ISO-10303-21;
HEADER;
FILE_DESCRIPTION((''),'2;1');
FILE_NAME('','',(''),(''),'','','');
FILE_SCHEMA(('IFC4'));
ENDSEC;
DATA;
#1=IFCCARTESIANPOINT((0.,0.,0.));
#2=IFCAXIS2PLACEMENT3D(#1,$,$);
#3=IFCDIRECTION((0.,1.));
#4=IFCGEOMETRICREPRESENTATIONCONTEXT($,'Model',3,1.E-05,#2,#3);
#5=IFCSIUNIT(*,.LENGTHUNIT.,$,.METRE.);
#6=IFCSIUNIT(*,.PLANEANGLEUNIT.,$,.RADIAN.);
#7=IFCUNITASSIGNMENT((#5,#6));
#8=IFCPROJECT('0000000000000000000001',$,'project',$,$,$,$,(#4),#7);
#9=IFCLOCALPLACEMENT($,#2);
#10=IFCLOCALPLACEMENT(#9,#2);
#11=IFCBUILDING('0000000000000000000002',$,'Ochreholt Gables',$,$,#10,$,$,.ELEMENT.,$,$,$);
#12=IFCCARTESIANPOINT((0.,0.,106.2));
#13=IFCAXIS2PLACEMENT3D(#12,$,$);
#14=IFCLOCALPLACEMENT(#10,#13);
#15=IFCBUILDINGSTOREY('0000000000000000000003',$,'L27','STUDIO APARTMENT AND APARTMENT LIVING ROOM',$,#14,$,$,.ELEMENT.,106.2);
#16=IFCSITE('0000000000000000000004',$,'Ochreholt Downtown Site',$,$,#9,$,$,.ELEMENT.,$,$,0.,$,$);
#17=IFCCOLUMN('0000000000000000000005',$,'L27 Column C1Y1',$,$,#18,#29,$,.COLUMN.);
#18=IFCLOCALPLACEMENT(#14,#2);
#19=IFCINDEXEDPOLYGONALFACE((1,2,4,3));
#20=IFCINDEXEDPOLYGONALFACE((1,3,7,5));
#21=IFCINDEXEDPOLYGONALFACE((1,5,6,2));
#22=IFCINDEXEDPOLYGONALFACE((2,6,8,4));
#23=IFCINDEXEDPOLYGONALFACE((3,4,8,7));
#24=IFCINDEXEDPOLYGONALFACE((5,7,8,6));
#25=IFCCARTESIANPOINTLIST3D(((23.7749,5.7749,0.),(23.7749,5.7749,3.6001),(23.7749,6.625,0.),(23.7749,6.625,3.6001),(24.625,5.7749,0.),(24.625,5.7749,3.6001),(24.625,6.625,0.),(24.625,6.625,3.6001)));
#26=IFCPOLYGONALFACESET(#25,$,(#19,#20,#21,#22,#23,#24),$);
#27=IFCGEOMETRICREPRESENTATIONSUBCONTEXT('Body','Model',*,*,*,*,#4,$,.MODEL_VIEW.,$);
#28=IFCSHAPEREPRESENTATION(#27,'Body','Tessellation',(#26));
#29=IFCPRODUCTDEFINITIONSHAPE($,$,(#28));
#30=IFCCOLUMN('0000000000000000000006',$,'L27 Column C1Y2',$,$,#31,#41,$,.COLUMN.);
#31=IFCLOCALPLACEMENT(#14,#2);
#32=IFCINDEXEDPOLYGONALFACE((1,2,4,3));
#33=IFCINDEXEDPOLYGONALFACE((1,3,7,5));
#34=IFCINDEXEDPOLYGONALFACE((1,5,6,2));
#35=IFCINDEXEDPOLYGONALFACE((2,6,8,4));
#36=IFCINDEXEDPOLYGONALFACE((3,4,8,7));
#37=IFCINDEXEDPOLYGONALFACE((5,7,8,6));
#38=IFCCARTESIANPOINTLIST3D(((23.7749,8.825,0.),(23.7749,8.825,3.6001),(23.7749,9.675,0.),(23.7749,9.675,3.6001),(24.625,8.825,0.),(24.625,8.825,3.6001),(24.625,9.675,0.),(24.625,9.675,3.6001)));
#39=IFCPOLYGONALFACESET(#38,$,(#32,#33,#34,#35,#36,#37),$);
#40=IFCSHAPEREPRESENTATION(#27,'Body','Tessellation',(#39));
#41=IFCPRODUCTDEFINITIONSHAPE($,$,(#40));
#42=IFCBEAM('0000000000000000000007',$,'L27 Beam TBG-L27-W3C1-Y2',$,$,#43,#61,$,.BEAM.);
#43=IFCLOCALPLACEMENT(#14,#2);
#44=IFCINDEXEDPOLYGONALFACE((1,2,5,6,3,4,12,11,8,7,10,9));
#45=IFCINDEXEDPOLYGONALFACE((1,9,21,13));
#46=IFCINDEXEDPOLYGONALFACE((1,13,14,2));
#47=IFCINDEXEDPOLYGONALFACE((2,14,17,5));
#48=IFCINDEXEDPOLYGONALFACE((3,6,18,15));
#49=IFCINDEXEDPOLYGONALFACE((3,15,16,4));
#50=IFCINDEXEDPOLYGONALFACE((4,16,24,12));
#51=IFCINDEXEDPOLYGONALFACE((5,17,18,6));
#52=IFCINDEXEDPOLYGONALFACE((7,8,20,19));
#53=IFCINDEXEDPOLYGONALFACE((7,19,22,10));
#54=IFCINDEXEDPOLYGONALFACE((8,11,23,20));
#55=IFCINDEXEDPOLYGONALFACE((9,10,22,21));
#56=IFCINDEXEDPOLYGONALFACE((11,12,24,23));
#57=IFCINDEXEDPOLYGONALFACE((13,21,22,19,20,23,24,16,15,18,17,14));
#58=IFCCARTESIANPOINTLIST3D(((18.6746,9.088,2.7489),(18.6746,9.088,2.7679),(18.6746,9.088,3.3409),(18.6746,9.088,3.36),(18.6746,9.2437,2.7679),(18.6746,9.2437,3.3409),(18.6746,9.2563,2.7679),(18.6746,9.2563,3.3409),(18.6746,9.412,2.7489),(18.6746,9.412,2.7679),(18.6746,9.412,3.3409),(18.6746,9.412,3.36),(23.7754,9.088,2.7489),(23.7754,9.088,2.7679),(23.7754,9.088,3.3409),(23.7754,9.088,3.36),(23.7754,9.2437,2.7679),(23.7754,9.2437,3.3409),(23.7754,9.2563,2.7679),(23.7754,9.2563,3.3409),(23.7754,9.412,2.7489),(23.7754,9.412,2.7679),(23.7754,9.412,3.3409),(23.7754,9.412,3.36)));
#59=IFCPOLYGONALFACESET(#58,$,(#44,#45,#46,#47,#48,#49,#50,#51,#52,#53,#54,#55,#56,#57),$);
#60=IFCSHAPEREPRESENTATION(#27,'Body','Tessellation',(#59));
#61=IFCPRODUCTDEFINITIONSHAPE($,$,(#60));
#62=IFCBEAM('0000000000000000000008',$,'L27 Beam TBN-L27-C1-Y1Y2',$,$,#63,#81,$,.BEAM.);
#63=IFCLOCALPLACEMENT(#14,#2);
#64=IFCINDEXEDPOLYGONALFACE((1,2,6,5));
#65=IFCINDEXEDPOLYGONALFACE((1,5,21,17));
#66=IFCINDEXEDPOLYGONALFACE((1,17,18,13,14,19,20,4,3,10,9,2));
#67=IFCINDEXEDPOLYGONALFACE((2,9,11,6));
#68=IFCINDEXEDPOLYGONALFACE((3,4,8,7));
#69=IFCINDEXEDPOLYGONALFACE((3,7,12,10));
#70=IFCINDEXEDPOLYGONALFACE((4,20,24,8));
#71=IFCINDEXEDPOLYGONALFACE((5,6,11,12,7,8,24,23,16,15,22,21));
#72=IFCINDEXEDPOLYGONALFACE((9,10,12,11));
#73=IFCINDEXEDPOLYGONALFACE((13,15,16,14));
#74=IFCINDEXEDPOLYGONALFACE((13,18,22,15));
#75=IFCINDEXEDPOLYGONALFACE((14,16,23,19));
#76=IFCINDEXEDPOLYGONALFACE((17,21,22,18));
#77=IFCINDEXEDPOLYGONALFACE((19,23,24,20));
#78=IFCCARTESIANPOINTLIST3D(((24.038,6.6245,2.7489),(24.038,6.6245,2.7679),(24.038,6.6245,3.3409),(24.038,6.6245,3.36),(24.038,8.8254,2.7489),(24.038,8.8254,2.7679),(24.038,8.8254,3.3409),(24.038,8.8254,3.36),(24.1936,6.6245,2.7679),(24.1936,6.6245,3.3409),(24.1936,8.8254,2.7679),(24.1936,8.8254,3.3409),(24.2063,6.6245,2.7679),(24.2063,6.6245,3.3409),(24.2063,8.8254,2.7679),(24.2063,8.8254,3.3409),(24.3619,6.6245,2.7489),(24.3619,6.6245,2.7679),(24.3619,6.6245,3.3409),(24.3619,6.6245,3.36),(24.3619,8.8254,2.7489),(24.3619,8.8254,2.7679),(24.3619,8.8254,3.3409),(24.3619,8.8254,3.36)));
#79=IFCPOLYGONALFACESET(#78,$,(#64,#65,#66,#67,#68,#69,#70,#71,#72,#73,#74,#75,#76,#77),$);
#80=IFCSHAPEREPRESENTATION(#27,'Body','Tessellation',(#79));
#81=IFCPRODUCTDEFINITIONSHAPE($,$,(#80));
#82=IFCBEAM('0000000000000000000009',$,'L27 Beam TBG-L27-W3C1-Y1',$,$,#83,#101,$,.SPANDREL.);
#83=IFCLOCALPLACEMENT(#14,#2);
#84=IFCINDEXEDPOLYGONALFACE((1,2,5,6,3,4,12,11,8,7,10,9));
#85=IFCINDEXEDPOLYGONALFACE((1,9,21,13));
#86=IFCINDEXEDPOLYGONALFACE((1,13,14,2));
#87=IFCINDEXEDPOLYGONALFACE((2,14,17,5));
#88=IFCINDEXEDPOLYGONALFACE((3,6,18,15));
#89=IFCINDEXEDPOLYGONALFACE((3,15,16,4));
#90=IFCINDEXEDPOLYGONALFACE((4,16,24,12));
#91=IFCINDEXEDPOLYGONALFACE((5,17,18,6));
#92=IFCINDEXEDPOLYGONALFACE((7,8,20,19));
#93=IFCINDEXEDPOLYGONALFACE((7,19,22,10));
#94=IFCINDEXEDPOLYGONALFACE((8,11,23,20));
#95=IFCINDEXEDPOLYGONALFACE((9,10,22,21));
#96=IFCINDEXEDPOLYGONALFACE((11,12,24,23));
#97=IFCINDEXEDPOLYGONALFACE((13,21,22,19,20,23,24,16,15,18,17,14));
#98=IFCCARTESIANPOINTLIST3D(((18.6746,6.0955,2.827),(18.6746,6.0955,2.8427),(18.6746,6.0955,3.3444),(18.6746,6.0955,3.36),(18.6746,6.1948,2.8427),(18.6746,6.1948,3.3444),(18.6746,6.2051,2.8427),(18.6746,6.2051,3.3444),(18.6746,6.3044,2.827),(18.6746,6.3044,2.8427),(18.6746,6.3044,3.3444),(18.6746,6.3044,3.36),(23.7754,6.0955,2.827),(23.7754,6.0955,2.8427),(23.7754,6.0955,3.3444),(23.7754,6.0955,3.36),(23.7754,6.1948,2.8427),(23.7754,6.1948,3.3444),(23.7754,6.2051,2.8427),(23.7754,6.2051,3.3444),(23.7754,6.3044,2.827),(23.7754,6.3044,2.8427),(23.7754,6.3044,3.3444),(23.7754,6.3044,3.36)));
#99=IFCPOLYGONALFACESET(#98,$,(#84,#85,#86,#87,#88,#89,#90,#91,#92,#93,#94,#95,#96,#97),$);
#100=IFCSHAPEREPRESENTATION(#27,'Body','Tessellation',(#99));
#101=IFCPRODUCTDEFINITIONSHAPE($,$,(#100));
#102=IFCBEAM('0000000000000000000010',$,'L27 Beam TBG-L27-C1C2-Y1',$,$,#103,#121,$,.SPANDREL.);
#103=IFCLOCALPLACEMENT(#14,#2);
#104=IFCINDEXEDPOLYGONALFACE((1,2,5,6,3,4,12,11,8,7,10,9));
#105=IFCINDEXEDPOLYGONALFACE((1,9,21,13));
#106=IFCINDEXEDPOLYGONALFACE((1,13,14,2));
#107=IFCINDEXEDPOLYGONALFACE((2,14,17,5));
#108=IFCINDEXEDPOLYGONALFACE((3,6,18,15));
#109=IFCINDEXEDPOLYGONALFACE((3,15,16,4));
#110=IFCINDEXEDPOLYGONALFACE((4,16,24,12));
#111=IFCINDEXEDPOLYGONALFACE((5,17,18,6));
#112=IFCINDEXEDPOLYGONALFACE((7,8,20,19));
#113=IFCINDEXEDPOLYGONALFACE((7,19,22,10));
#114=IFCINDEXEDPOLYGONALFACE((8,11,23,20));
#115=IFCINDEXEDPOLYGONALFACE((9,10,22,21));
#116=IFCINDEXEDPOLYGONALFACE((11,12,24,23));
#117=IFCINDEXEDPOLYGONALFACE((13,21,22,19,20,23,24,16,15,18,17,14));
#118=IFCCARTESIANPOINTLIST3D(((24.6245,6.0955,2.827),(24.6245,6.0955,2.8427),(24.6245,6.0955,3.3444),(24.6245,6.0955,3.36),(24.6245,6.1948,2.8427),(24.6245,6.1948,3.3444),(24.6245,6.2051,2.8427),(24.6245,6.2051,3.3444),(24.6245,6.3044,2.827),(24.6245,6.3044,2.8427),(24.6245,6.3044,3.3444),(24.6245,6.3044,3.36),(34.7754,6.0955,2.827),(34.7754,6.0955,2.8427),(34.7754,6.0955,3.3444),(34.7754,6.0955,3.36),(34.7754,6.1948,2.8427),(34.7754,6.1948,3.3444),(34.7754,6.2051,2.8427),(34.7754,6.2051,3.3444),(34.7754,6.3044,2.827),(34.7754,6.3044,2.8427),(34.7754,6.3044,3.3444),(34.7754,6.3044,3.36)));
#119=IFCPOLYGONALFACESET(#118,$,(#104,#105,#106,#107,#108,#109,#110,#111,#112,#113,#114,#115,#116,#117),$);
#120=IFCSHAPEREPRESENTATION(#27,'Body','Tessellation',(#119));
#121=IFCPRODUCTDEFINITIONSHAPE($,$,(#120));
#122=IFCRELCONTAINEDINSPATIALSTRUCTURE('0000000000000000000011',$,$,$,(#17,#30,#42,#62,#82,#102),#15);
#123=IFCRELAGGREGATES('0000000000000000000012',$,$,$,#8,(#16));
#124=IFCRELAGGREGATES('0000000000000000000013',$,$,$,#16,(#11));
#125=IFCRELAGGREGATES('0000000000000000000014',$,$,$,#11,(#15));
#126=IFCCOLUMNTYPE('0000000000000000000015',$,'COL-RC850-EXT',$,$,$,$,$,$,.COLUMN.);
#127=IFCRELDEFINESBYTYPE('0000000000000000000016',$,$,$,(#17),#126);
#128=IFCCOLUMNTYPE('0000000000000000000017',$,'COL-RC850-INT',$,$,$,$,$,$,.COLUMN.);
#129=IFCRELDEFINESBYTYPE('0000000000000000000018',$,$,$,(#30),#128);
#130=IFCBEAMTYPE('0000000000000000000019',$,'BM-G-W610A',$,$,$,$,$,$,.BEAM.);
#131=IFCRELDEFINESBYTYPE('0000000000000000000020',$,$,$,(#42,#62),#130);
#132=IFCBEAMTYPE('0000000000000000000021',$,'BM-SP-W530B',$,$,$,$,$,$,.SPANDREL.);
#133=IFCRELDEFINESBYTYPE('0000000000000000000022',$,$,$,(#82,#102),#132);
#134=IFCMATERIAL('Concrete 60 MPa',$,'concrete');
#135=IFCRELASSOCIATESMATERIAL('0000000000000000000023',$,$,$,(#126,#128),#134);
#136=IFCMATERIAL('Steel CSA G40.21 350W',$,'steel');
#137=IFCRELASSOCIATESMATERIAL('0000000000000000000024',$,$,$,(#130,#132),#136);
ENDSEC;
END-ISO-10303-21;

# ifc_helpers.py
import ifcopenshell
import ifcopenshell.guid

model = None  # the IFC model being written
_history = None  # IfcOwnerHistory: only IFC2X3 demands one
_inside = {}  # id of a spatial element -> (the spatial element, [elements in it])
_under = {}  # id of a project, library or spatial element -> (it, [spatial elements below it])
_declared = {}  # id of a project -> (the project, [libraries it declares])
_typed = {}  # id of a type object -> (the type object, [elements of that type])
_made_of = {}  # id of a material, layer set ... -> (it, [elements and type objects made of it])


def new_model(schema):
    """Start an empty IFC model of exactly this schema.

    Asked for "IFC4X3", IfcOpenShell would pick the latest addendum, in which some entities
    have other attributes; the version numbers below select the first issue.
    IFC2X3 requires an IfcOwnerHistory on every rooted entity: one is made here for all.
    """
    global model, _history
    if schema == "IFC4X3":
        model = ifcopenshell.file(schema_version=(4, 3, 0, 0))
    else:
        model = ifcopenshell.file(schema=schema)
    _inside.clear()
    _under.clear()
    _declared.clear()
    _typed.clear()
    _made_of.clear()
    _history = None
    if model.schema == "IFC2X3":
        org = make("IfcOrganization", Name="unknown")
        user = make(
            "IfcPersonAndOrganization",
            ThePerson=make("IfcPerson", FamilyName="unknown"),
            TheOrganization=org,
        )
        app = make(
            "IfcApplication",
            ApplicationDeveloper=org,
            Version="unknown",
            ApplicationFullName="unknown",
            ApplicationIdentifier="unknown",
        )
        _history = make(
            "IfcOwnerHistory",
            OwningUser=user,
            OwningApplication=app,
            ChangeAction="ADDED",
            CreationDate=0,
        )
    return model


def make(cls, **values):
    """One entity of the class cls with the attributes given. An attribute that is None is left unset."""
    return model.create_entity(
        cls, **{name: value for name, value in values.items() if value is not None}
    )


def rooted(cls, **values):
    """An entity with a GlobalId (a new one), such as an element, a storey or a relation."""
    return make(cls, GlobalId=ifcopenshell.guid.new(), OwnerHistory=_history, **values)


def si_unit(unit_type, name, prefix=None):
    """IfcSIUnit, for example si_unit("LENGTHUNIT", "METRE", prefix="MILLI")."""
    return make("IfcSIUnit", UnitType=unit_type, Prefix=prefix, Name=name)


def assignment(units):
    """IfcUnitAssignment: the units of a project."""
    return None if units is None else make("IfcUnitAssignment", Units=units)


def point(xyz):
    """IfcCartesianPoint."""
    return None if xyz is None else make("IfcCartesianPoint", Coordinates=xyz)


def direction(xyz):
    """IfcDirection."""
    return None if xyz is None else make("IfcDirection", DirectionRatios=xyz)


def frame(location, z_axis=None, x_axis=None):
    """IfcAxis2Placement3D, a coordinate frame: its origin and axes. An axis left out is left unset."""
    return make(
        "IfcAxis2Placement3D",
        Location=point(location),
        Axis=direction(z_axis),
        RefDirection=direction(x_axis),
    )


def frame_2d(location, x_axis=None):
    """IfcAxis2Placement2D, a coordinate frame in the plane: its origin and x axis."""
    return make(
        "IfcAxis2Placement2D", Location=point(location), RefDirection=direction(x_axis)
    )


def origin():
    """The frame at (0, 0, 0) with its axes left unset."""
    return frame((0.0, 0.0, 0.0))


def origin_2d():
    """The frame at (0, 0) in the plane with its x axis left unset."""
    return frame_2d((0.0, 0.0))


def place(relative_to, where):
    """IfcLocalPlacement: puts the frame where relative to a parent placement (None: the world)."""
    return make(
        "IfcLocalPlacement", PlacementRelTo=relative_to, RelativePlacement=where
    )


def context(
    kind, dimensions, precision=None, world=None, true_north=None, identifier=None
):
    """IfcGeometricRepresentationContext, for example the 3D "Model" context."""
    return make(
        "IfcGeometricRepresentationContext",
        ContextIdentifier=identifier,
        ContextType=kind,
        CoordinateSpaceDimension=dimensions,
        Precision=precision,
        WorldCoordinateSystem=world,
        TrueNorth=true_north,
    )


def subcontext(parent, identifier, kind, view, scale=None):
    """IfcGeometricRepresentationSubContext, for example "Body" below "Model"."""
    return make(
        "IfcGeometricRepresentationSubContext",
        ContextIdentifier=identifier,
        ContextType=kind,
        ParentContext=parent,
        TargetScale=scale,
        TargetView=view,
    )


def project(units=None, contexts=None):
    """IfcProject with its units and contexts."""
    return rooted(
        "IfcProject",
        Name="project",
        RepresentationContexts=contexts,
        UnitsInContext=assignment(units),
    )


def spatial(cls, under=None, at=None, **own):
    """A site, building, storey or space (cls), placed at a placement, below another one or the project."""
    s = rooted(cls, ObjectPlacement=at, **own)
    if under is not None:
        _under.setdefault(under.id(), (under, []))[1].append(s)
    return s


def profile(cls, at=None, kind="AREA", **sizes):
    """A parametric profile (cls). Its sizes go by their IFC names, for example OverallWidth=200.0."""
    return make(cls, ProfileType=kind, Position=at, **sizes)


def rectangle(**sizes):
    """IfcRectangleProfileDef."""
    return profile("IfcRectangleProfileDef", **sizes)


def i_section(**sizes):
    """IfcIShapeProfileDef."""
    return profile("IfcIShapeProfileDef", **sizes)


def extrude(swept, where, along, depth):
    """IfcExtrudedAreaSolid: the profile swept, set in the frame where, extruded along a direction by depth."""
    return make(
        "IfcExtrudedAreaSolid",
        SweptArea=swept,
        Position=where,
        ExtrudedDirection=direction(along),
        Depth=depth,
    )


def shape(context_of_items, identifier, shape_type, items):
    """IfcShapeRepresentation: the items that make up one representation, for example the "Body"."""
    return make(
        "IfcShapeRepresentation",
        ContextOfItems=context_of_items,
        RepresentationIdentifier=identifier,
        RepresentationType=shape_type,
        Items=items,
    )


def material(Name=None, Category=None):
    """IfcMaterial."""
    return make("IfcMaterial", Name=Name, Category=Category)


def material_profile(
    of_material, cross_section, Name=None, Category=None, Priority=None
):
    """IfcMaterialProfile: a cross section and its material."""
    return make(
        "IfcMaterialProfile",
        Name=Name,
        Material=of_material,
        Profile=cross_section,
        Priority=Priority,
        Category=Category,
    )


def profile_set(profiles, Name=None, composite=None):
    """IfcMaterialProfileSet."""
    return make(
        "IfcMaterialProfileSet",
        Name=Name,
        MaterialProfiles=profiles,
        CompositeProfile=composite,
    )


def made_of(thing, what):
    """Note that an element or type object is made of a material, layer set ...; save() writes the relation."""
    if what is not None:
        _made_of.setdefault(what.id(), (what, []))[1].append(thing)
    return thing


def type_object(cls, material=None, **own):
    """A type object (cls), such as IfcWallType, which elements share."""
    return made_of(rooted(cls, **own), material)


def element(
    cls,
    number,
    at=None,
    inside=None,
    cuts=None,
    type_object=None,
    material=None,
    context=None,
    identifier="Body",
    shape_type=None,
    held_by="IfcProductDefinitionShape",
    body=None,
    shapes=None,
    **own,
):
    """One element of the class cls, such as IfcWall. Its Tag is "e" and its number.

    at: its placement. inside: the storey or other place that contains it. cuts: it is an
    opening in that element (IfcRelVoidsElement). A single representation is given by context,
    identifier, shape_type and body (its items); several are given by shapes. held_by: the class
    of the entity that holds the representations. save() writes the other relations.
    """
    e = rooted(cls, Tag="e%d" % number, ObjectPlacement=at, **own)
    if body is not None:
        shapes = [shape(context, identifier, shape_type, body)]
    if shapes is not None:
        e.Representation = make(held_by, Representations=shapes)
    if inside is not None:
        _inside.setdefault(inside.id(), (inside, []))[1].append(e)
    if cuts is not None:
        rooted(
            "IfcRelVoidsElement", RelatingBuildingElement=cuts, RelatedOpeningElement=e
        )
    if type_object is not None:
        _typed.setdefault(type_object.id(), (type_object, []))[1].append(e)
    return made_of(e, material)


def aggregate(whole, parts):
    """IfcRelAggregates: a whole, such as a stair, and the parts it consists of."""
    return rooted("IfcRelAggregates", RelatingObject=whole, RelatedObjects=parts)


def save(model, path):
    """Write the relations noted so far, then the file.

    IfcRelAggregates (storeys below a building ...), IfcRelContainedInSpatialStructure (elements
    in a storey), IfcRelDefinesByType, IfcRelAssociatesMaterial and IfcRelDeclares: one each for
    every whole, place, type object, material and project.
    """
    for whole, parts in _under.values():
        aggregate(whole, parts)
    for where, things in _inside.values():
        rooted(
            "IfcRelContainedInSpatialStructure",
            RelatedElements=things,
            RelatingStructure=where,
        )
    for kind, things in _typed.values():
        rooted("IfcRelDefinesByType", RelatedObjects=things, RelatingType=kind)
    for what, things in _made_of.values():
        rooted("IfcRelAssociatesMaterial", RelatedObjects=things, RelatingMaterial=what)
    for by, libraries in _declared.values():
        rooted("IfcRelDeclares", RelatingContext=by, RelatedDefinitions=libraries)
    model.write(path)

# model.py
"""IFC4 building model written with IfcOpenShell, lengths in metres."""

from ifc_helpers import new_model, si_unit, direction, frame, origin, origin_2d, place, context, subcontext, project, spatial, rectangle, i_section, extrude, material, material_profile, profile_set, type_object, element, save


model = new_model("IFC4")

# Units and contexts
model_context = context("Model", 3, precision=1e-05, world=origin(), true_north=direction((0.0, 1.0)))
body_context = subcontext(model_context, "Body", "Model", "MODEL_VIEW")
ifc_project = project(units=[si_unit("LENGTHUNIT", "METRE"), si_unit("PLANEANGLEUNIT", "RADIAN")], contexts=[model_context])

# Site, building, storey
site_placement = place(None, origin())
site = spatial("IfcSite", under=ifc_project, at=site_placement, Name="Ochreholt Downtown Site", CompositionType="ELEMENT", RefElevation=0.0)
building_placement = place(site_placement, origin())
building = spatial("IfcBuilding", under=site, at=building_placement, Name="Ochreholt Gables", CompositionType="ELEMENT")
storey_placement = place(building_placement, frame((0.0, 0.0, 106.2)))
storey = spatial("IfcBuildingStorey", under=building, at=storey_placement, Name="L27", Description="STUDIO APARTMENT AND APARTMENT LIVING ROOM", CompositionType="ELEMENT", Elevation=106.2)

# Columns
ifc_material_1 = material(Name="Concrete 60 MPa", Category="concrete")
ifc_material_profile_1 = material_profile(ifc_material_1, rectangle(XDim=0.8501, YDim=0.8501, at=origin_2d()), Name="RC850X850")
ifc_profile_set_1 = profile_set([ifc_material_profile_1], Name="Concrete 60 MPa")
column_type_1 = type_object("IfcColumnType", Name="COL-RC850-EXT", PredefinedType="COLUMN", material=ifc_profile_set_1)
column_1_placement = place(storey_placement, frame((24.2, 6.2, 0.0), z_axis=(0.0, 0.0, 1.0), x_axis=(1.0, 0.0, 0.0)))
element("IfcColumn", 1, at=column_1_placement, inside=storey, type_object=column_type_1, Name="L27 Column C1Y1", PredefinedType="COLUMN", context=body_context, shape_type="SweptSolid", body=[
    extrude(rectangle(XDim=0.8501, YDim=0.8501, at=origin_2d()), origin(), (0.0, 0.0, 1.0), 3.6001),
])
ifc_material_profile_2 = material_profile(ifc_material_1, rectangle(XDim=0.8501, YDim=0.8501, at=origin_2d()), Name="RC850X850")
ifc_profile_set_2 = profile_set([ifc_material_profile_2], Name="Concrete 60 MPa")
column_type_2 = type_object("IfcColumnType", Name="COL-RC850-INT", PredefinedType="COLUMN", material=ifc_profile_set_2)
column_2_placement = place(storey_placement, frame((24.2, 9.25, 0.0), z_axis=(0.0, 0.0, 1.0), x_axis=(1.0, 0.0, 0.0)))
element("IfcColumn", 2, at=column_2_placement, inside=storey, type_object=column_type_2, Name="L27 Column C1Y2", PredefinedType="COLUMN", context=body_context, shape_type="SweptSolid", body=[
    extrude(rectangle(XDim=0.8501, YDim=0.8501, at=origin_2d()), origin(), (0.0, 0.0, 1.0), 3.6001),
])

# Beams
ifc_material_2 = material(Name="Steel CSA G40.21 350W", Category="steel")
ifc_material_profile_3 = material_profile(ifc_material_2, i_section(OverallWidth=0.324, OverallDepth=0.6111, WebThickness=0.0127, FlangeThickness=0.019, at=origin_2d()), Name="W610X155")
ifc_profile_set_3 = profile_set([ifc_material_profile_3], Name="Steel CSA G40.21 350W")
beam_type_1 = type_object("IfcBeamType", Name="BM-G-W610A", PredefinedType="BEAM", material=ifc_profile_set_3)
beam_1_placement = place(storey_placement, frame((18.6746, 9.25, 3.0544), z_axis=(1.0, 0.0, 0.0), x_axis=(0.0, 1.0, 0.0)))
element("IfcBeam", 3, at=beam_1_placement, inside=storey, type_object=beam_type_1, Name="L27 Beam TBG-L27-W3C1-Y2", PredefinedType="BEAM", context=body_context, shape_type="SweptSolid", body=[
    extrude(i_section(OverallWidth=0.324, OverallDepth=0.6111, WebThickness=0.0127, FlangeThickness=0.019, at=origin_2d()), origin(), (0.0, 0.0, 1.0), 5.1008),
])
beam_2_placement = place(storey_placement, frame((24.2, 6.6245, 3.0544), z_axis=(0.0, 1.0, 0.0), x_axis=(-1.0, 0.0, 0.0)))
element("IfcBeam", 4, at=beam_2_placement, inside=storey, type_object=beam_type_1, Name="L27 Beam TBN-L27-C1-Y1Y2", PredefinedType="BEAM", context=body_context, shape_type="SweptSolid", body=[
    extrude(i_section(OverallWidth=0.324, OverallDepth=0.6111, WebThickness=0.0127, FlangeThickness=0.019, at=origin_2d()), origin(), (0.0, 0.0, 1.0), 2.2009),
])
ifc_material_profile_4 = material_profile(ifc_material_2, i_section(OverallWidth=0.209, OverallDepth=0.533, WebThickness=0.0103, FlangeThickness=0.0156, at=origin_2d()), Name="W530X92")
ifc_profile_set_4 = profile_set([ifc_material_profile_4], Name="Steel CSA G40.21 350W")
beam_type_2 = type_object("IfcBeamType", Name="BM-SP-W530B", PredefinedType="SPANDREL", material=ifc_profile_set_4)
beam_3_placement = place(storey_placement, frame((18.6746, 6.2, 3.0935), z_axis=(1.0, 0.0, 0.0), x_axis=(0.0, 1.0, 0.0)))
element("IfcBeam", 5, at=beam_3_placement, inside=storey, type_object=beam_type_2, Name="L27 Beam TBG-L27-W3C1-Y1", PredefinedType="SPANDREL", context=body_context, shape_type="SweptSolid", body=[
    extrude(i_section(OverallWidth=0.209, OverallDepth=0.533, WebThickness=0.0103, FlangeThickness=0.0156, at=origin_2d()), origin(), (0.0, 0.0, 1.0), 5.1008),
])
beam_4_placement = place(storey_placement, frame((24.6245, 6.2, 3.0935), z_axis=(1.0, 0.0, 0.0), x_axis=(0.0, 1.0, 0.0)))
element("IfcBeam", 6, at=beam_4_placement, inside=storey, type_object=beam_type_2, Name="L27 Beam TBG-L27-C1C2-Y1", PredefinedType="SPANDREL", context=body_context, shape_type="SweptSolid", body=[
    extrude(i_section(OverallWidth=0.209, OverallDepth=0.533, WebThickness=0.0103, FlangeThickness=0.0156, at=origin_2d()), origin(), (0.0, 0.0, 1.0), 10.1509),
])

save(model, "model.ifc")
